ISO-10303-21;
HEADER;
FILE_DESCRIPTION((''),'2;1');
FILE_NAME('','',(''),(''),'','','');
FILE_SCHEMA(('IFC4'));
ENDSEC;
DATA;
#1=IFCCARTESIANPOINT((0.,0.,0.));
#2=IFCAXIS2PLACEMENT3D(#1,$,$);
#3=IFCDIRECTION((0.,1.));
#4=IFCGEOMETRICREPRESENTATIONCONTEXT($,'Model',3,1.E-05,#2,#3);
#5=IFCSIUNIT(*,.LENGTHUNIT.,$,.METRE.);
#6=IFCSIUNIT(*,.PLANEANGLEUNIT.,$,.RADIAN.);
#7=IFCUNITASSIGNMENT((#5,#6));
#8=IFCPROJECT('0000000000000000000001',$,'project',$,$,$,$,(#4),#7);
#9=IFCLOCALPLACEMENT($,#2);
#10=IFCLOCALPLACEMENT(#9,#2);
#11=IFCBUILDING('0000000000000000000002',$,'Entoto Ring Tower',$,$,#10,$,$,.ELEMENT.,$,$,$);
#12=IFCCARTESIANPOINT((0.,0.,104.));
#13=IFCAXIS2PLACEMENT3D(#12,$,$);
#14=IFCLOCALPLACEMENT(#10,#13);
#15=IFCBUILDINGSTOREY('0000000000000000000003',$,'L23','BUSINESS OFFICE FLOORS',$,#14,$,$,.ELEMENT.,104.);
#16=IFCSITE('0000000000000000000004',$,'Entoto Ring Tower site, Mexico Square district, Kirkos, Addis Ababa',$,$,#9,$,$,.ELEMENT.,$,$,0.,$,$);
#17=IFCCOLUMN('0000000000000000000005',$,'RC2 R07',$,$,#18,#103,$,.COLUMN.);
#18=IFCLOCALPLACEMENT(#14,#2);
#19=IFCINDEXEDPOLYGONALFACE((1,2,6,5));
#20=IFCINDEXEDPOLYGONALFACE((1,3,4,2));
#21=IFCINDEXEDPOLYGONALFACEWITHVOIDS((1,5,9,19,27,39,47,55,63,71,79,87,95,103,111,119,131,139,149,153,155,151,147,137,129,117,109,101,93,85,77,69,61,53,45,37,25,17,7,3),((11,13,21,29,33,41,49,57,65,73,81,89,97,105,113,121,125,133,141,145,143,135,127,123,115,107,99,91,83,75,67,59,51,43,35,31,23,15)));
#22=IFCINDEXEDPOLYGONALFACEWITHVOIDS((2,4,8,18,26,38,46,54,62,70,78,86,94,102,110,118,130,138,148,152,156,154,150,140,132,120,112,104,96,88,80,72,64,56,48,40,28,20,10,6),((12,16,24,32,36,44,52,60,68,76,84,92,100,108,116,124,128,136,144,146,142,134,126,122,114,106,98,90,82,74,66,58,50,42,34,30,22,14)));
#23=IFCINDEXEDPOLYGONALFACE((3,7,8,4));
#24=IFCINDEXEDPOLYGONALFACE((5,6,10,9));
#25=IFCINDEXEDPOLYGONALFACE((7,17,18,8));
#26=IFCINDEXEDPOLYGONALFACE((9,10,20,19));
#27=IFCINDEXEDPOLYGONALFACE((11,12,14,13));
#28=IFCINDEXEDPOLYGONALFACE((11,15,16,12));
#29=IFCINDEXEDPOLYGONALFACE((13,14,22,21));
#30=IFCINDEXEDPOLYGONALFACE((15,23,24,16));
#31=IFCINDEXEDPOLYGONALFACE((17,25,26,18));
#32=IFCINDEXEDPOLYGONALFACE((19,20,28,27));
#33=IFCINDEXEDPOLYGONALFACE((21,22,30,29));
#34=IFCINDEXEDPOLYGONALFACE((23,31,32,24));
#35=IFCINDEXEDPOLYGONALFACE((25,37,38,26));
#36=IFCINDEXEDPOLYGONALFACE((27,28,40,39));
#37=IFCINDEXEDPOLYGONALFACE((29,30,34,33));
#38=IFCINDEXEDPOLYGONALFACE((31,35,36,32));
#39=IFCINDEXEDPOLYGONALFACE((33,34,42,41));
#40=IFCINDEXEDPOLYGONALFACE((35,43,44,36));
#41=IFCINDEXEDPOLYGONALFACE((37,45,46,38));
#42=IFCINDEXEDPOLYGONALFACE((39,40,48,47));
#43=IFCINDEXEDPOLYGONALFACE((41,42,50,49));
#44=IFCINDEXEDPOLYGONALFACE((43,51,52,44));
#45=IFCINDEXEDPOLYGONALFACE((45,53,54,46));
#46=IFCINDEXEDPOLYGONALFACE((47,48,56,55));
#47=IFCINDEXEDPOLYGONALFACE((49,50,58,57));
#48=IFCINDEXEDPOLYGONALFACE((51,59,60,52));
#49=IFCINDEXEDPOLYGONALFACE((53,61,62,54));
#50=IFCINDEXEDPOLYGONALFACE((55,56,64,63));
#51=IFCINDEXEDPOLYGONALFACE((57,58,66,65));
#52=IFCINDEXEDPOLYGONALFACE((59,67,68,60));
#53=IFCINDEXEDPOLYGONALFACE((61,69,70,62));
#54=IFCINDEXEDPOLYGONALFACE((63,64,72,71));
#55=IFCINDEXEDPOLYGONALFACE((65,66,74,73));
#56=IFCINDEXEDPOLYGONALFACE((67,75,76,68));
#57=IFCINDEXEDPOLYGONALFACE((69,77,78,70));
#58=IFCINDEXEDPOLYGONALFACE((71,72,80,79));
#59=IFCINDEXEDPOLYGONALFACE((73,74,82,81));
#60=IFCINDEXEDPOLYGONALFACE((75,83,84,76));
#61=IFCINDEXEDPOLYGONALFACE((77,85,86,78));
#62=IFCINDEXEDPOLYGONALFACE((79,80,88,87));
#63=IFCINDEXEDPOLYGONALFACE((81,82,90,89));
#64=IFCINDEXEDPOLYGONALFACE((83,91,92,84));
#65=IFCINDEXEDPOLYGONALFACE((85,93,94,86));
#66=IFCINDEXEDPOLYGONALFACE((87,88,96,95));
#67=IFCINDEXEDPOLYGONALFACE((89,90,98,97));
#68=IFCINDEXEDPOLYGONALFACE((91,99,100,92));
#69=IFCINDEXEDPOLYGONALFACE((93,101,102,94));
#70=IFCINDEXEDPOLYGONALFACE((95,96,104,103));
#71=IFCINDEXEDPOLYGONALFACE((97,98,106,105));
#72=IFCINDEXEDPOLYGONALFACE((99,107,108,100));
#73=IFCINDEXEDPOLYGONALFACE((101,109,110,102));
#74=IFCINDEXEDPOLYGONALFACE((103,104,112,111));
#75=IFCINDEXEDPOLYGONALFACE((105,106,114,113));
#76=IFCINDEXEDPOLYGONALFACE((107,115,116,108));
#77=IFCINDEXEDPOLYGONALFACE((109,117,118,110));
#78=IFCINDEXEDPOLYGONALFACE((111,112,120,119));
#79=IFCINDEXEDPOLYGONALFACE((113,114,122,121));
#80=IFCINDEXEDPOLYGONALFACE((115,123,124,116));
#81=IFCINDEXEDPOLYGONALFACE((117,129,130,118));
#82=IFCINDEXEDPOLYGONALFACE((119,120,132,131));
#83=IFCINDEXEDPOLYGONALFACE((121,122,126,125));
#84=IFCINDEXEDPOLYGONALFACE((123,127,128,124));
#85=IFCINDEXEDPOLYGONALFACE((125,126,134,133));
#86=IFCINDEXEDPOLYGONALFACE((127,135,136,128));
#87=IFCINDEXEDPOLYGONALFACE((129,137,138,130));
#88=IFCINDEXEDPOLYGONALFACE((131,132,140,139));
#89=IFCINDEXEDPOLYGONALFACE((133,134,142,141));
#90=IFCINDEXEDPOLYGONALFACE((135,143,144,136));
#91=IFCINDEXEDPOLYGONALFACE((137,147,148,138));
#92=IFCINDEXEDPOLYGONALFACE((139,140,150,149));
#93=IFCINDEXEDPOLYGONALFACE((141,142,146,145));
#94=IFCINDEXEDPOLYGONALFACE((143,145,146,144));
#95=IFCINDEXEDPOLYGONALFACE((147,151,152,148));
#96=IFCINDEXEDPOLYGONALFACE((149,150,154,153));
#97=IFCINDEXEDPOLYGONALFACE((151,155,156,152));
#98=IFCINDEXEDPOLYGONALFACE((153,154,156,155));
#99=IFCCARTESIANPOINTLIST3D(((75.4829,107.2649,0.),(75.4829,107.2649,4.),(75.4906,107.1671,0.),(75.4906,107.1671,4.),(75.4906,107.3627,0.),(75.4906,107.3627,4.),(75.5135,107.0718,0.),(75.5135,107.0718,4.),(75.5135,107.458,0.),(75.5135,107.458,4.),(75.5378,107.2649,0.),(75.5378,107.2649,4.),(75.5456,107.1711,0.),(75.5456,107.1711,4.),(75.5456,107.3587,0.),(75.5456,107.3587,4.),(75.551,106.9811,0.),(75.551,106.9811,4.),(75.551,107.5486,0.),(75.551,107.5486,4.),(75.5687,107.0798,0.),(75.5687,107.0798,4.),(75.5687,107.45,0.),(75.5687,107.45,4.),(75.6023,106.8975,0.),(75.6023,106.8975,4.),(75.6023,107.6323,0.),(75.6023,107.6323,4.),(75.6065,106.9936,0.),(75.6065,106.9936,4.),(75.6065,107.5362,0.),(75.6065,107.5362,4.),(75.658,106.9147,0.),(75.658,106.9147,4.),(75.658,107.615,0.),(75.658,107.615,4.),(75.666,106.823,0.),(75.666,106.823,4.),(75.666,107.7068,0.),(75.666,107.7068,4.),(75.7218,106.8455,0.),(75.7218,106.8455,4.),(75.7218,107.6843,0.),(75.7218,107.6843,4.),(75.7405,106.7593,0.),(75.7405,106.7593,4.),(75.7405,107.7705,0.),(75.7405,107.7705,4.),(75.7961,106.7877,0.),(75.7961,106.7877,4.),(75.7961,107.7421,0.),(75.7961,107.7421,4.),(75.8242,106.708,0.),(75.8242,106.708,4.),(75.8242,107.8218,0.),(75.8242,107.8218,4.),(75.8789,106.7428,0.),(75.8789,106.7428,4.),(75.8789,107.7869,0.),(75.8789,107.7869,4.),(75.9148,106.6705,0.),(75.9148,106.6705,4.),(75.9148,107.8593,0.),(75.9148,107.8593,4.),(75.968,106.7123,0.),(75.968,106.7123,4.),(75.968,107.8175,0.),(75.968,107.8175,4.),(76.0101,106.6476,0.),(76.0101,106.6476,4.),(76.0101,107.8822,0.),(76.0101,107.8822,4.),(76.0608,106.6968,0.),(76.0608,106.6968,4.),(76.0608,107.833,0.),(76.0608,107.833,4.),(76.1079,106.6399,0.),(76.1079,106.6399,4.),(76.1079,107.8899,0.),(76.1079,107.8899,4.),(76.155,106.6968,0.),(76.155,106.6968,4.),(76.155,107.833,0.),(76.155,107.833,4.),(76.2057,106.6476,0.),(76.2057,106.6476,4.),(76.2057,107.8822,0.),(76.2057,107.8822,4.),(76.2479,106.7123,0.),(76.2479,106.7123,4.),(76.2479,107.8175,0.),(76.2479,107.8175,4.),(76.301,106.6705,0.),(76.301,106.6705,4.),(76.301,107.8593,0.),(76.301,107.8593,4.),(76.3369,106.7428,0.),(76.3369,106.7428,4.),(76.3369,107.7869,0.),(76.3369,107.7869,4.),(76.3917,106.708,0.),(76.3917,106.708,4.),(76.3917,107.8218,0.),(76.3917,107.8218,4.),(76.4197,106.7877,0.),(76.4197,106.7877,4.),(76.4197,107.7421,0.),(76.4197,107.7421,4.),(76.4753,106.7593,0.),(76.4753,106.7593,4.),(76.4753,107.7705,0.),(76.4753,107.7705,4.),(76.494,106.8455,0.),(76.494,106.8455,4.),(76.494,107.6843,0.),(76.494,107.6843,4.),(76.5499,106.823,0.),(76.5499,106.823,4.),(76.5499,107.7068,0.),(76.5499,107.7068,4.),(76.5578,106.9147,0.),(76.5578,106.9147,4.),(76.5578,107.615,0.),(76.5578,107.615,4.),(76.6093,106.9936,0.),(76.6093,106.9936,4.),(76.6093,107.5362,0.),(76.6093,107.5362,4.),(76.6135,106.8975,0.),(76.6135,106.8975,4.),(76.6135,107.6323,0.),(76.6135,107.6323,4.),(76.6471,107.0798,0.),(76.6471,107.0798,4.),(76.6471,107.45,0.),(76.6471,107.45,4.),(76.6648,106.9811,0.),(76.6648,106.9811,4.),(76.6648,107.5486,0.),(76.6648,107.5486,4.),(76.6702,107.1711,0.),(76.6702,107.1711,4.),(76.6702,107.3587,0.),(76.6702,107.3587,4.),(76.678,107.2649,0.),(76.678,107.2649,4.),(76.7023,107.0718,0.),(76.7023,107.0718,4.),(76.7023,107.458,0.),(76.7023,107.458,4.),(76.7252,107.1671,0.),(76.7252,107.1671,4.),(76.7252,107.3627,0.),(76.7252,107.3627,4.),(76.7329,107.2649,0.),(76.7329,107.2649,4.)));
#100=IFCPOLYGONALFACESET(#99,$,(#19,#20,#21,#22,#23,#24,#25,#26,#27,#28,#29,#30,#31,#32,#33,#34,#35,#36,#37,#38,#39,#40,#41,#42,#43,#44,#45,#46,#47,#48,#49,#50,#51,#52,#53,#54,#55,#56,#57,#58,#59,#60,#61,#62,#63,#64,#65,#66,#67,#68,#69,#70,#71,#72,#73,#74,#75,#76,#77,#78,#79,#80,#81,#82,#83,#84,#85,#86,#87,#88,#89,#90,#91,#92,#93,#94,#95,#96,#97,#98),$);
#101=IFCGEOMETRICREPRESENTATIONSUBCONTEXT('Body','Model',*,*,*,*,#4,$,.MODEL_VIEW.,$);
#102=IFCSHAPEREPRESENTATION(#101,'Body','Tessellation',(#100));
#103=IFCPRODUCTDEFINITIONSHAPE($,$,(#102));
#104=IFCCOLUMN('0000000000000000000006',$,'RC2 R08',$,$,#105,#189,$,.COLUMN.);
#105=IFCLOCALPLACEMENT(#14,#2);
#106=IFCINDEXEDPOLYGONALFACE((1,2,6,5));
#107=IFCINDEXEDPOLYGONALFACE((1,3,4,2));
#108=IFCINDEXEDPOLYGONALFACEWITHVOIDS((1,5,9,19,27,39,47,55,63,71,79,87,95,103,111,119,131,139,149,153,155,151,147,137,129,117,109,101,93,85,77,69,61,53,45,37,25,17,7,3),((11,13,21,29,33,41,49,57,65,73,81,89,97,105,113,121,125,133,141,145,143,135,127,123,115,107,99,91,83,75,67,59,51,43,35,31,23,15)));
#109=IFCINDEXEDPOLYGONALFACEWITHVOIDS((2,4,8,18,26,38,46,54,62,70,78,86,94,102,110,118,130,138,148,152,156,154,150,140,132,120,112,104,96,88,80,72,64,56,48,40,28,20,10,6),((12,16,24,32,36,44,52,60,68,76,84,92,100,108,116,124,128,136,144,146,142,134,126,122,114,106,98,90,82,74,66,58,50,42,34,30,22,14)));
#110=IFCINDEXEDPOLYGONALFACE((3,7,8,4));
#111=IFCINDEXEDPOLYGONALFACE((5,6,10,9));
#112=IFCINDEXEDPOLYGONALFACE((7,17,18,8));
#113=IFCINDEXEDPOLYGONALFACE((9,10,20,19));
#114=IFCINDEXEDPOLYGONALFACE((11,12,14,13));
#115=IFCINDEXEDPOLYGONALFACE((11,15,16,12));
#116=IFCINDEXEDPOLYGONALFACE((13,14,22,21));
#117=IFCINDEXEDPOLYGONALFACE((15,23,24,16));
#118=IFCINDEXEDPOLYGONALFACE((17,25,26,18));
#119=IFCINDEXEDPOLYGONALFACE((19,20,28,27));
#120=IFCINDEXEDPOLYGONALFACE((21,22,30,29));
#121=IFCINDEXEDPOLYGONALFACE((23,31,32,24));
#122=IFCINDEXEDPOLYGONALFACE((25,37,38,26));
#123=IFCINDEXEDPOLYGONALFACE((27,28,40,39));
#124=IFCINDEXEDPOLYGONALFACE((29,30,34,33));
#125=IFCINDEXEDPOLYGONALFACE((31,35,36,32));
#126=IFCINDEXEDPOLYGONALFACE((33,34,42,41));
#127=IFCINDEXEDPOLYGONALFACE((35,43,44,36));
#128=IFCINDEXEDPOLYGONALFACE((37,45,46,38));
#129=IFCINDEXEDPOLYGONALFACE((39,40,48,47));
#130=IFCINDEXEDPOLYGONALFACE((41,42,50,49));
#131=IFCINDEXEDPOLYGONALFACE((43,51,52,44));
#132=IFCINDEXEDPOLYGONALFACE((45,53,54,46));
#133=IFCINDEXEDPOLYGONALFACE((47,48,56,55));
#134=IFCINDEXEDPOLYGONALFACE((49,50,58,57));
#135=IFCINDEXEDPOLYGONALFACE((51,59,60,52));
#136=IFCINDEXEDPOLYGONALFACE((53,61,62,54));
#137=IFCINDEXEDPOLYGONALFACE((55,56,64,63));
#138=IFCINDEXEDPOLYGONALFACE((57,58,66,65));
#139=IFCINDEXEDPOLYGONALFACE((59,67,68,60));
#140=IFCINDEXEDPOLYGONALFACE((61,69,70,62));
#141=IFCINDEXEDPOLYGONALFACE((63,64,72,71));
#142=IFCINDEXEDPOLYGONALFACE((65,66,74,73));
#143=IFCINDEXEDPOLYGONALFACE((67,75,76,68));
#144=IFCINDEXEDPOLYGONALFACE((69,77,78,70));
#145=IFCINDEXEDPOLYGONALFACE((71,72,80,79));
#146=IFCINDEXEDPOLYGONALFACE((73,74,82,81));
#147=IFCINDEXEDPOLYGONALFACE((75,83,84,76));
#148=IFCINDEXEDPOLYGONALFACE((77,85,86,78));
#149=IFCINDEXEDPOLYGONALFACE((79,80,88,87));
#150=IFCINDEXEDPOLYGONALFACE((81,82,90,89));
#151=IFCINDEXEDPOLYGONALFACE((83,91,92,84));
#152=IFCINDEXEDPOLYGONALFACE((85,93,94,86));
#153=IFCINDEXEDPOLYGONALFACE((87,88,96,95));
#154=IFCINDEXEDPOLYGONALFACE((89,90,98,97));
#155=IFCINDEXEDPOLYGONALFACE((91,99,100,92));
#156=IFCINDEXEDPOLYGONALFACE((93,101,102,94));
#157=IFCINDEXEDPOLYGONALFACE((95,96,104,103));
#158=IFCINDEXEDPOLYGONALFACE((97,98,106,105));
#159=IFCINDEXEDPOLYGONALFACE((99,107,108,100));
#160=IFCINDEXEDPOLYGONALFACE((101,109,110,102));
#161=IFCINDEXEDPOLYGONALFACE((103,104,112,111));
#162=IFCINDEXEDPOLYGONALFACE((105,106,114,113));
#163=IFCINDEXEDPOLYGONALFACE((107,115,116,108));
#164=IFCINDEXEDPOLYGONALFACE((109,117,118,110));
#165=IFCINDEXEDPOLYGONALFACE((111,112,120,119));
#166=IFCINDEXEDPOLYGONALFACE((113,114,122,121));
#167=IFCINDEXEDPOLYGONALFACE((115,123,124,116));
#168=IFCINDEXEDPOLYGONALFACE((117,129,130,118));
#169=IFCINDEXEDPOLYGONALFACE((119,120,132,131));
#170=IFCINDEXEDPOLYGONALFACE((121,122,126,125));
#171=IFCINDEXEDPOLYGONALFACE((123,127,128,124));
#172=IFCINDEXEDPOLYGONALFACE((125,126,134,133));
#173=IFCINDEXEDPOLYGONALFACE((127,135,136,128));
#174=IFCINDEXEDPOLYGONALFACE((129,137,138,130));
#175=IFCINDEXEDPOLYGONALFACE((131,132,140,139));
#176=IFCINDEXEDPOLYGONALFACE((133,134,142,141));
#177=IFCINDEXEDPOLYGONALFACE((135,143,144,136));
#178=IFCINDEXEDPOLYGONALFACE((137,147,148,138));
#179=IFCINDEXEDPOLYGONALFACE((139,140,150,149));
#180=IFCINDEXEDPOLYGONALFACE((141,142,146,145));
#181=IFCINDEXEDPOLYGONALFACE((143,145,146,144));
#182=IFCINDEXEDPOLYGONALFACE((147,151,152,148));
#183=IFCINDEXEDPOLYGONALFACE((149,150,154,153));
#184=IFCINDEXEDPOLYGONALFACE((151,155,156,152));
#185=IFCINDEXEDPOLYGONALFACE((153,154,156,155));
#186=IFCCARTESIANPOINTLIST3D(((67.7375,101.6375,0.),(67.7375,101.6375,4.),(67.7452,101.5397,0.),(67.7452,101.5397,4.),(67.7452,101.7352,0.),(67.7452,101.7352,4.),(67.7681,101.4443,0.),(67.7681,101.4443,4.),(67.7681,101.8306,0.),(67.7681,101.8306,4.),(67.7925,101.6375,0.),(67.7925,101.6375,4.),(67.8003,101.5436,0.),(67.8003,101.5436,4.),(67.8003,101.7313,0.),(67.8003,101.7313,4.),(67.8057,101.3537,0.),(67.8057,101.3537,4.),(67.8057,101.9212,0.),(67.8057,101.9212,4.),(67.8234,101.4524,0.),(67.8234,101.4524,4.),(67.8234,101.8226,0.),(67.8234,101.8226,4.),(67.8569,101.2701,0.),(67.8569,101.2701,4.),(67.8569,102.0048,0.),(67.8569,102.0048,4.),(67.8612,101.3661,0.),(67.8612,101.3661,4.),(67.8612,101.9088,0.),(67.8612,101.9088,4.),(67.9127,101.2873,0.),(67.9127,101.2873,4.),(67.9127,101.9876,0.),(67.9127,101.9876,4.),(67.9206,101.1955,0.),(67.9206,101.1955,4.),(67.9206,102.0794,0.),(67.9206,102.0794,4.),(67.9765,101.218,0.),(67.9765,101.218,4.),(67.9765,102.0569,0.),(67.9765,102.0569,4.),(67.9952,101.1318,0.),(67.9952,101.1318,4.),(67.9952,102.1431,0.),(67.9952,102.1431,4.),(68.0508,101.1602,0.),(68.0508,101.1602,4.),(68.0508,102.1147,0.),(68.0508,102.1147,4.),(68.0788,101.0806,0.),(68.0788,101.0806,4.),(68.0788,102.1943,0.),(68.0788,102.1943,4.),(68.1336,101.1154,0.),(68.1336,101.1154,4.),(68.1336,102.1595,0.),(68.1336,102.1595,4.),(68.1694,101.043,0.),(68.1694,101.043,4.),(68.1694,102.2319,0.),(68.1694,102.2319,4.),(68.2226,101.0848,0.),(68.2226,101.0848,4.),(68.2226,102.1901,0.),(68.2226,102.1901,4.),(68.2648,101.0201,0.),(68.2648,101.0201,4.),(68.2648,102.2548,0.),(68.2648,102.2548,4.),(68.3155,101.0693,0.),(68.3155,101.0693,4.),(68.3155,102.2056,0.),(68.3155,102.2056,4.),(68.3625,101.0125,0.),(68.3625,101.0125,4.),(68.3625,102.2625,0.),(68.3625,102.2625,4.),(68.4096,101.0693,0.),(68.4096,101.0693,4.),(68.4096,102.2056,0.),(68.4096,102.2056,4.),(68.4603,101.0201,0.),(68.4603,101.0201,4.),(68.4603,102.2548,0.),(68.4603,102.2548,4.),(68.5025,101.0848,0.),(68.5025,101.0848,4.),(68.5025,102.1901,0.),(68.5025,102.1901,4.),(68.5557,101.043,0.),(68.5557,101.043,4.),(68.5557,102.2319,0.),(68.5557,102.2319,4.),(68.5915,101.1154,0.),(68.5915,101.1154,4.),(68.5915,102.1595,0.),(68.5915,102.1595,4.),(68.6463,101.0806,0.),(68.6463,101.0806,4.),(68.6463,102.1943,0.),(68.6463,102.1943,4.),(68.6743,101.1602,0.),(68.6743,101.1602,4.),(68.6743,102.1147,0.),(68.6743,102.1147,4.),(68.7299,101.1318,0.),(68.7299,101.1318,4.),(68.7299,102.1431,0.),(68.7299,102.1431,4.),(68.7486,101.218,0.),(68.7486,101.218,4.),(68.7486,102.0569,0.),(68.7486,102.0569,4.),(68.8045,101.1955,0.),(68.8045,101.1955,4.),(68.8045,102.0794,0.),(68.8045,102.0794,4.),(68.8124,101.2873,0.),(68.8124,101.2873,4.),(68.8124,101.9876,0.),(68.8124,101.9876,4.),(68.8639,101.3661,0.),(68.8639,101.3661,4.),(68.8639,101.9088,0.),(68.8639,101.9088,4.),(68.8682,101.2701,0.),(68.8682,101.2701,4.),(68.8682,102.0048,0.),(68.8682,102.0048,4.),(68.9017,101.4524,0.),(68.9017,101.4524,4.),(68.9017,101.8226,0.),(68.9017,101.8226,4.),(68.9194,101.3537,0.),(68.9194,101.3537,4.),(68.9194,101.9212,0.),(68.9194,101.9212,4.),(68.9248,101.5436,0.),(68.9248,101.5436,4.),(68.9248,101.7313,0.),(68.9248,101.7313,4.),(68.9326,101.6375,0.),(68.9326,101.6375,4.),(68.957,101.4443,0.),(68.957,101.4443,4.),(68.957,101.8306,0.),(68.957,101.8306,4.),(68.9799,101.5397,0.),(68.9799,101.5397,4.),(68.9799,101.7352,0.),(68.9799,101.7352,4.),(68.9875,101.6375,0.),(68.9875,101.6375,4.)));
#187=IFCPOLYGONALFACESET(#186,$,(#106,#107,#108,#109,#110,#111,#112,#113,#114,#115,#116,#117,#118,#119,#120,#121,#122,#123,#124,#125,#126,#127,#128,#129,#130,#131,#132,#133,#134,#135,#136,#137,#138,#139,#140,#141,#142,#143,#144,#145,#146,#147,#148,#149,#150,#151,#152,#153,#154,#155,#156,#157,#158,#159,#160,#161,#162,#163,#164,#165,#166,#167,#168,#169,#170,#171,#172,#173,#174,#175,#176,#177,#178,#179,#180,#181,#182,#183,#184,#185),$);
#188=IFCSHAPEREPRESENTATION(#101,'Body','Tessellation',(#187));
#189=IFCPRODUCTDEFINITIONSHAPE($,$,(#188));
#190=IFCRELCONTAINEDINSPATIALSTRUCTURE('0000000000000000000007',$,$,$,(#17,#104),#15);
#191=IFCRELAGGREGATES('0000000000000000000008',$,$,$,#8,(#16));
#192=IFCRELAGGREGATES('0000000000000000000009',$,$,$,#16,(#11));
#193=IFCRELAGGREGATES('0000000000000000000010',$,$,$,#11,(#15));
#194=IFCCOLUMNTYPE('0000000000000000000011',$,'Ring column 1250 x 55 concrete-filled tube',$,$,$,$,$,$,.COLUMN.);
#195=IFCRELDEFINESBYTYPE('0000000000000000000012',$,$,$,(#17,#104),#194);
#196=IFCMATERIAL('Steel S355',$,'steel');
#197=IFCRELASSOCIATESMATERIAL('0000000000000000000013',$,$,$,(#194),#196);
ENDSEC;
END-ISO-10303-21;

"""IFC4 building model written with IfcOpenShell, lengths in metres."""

from ifc_helpers import new_model, si_unit, direction, frame, origin, origin_2d, place, context, subcontext, project, spatial, circle, hollow_circle, extrude, material, material_profile, profile_set, type_object, element, save


model = new_model("IFC4")

# Units and contexts
model_context = context("Model", 3, precision=1e-05, world=origin(), true_north=direction((0.0, 1.0)))
body_context = subcontext(model_context, "Body", "Model", "MODEL_VIEW")
ifc_project = project(units=[si_unit("LENGTHUNIT", "METRE"), si_unit("PLANEANGLEUNIT", "RADIAN")], contexts=[model_context])

# Site, building, storey
site_placement = place(None, origin())
site = spatial("IfcSite", under=ifc_project, at=site_placement, Name="Entoto Ring Tower site, Mexico Square district, Kirkos, Addis Ababa", CompositionType="ELEMENT", RefElevation=0.0)
building_placement = place(site_placement, origin())
building = spatial("IfcBuilding", under=site, at=building_placement, Name="Entoto Ring Tower", CompositionType="ELEMENT")
storey_placement = place(building_placement, frame((0.0, 0.0, 104.0)))
storey = spatial("IfcBuildingStorey", under=building, at=storey_placement, Name="L23", Description="BUSINESS OFFICE FLOORS", CompositionType="ELEMENT", Elevation=104.0)

# Columns
ifc_material_1 = material(Name="Steel S355", Category="steel")
ifc_material_profile_1 = material_profile(ifc_material_1, hollow_circle(Radius=0.625, WallThickness=0.0549, at=origin_2d()), Name="CHS 1250 x 55")
ifc_material_2 = material(Name="Concrete C60/75", Category="concrete")
ifc_material_profile_2 = material_profile(ifc_material_2, circle(Radius=0.5701, at=origin_2d()), Name="Concrete C60/75 infill")
ifc_profile_set_1 = profile_set([ifc_material_profile_1, ifc_material_profile_2], Name="Steel S355")
column_type = type_object("IfcColumnType", Name="Ring column 1250 x 55 concrete-filled tube", PredefinedType="COLUMN", material=ifc_profile_set_1)
for number, where, z_axis, x_axis, name in (
    (1, (76.1079, 107.2649, 0.0), (0.0, 0.0, 1.0), (1.0, 0.0, 0.0), "RC2 R07"),
    (2, (68.3625, 101.6375, 0.0), (0.0, 0.0, 1.0), (1.0, 0.0, 0.0), "RC2 R08"),
):
    element("IfcColumn", number, at=place(storey_placement, frame(where, z_axis=z_axis, x_axis=x_axis)), inside=storey, type_object=column_type, Name=name, PredefinedType="COLUMN", context=body_context, shape_type="SweptSolid", body=[
        extrude(hollow_circle(Radius=0.625, WallThickness=0.0549, at=origin_2d()), origin(), (0.0, 0.0, 1.0), 4.0),
    ])

save(model, "model.ifc")
